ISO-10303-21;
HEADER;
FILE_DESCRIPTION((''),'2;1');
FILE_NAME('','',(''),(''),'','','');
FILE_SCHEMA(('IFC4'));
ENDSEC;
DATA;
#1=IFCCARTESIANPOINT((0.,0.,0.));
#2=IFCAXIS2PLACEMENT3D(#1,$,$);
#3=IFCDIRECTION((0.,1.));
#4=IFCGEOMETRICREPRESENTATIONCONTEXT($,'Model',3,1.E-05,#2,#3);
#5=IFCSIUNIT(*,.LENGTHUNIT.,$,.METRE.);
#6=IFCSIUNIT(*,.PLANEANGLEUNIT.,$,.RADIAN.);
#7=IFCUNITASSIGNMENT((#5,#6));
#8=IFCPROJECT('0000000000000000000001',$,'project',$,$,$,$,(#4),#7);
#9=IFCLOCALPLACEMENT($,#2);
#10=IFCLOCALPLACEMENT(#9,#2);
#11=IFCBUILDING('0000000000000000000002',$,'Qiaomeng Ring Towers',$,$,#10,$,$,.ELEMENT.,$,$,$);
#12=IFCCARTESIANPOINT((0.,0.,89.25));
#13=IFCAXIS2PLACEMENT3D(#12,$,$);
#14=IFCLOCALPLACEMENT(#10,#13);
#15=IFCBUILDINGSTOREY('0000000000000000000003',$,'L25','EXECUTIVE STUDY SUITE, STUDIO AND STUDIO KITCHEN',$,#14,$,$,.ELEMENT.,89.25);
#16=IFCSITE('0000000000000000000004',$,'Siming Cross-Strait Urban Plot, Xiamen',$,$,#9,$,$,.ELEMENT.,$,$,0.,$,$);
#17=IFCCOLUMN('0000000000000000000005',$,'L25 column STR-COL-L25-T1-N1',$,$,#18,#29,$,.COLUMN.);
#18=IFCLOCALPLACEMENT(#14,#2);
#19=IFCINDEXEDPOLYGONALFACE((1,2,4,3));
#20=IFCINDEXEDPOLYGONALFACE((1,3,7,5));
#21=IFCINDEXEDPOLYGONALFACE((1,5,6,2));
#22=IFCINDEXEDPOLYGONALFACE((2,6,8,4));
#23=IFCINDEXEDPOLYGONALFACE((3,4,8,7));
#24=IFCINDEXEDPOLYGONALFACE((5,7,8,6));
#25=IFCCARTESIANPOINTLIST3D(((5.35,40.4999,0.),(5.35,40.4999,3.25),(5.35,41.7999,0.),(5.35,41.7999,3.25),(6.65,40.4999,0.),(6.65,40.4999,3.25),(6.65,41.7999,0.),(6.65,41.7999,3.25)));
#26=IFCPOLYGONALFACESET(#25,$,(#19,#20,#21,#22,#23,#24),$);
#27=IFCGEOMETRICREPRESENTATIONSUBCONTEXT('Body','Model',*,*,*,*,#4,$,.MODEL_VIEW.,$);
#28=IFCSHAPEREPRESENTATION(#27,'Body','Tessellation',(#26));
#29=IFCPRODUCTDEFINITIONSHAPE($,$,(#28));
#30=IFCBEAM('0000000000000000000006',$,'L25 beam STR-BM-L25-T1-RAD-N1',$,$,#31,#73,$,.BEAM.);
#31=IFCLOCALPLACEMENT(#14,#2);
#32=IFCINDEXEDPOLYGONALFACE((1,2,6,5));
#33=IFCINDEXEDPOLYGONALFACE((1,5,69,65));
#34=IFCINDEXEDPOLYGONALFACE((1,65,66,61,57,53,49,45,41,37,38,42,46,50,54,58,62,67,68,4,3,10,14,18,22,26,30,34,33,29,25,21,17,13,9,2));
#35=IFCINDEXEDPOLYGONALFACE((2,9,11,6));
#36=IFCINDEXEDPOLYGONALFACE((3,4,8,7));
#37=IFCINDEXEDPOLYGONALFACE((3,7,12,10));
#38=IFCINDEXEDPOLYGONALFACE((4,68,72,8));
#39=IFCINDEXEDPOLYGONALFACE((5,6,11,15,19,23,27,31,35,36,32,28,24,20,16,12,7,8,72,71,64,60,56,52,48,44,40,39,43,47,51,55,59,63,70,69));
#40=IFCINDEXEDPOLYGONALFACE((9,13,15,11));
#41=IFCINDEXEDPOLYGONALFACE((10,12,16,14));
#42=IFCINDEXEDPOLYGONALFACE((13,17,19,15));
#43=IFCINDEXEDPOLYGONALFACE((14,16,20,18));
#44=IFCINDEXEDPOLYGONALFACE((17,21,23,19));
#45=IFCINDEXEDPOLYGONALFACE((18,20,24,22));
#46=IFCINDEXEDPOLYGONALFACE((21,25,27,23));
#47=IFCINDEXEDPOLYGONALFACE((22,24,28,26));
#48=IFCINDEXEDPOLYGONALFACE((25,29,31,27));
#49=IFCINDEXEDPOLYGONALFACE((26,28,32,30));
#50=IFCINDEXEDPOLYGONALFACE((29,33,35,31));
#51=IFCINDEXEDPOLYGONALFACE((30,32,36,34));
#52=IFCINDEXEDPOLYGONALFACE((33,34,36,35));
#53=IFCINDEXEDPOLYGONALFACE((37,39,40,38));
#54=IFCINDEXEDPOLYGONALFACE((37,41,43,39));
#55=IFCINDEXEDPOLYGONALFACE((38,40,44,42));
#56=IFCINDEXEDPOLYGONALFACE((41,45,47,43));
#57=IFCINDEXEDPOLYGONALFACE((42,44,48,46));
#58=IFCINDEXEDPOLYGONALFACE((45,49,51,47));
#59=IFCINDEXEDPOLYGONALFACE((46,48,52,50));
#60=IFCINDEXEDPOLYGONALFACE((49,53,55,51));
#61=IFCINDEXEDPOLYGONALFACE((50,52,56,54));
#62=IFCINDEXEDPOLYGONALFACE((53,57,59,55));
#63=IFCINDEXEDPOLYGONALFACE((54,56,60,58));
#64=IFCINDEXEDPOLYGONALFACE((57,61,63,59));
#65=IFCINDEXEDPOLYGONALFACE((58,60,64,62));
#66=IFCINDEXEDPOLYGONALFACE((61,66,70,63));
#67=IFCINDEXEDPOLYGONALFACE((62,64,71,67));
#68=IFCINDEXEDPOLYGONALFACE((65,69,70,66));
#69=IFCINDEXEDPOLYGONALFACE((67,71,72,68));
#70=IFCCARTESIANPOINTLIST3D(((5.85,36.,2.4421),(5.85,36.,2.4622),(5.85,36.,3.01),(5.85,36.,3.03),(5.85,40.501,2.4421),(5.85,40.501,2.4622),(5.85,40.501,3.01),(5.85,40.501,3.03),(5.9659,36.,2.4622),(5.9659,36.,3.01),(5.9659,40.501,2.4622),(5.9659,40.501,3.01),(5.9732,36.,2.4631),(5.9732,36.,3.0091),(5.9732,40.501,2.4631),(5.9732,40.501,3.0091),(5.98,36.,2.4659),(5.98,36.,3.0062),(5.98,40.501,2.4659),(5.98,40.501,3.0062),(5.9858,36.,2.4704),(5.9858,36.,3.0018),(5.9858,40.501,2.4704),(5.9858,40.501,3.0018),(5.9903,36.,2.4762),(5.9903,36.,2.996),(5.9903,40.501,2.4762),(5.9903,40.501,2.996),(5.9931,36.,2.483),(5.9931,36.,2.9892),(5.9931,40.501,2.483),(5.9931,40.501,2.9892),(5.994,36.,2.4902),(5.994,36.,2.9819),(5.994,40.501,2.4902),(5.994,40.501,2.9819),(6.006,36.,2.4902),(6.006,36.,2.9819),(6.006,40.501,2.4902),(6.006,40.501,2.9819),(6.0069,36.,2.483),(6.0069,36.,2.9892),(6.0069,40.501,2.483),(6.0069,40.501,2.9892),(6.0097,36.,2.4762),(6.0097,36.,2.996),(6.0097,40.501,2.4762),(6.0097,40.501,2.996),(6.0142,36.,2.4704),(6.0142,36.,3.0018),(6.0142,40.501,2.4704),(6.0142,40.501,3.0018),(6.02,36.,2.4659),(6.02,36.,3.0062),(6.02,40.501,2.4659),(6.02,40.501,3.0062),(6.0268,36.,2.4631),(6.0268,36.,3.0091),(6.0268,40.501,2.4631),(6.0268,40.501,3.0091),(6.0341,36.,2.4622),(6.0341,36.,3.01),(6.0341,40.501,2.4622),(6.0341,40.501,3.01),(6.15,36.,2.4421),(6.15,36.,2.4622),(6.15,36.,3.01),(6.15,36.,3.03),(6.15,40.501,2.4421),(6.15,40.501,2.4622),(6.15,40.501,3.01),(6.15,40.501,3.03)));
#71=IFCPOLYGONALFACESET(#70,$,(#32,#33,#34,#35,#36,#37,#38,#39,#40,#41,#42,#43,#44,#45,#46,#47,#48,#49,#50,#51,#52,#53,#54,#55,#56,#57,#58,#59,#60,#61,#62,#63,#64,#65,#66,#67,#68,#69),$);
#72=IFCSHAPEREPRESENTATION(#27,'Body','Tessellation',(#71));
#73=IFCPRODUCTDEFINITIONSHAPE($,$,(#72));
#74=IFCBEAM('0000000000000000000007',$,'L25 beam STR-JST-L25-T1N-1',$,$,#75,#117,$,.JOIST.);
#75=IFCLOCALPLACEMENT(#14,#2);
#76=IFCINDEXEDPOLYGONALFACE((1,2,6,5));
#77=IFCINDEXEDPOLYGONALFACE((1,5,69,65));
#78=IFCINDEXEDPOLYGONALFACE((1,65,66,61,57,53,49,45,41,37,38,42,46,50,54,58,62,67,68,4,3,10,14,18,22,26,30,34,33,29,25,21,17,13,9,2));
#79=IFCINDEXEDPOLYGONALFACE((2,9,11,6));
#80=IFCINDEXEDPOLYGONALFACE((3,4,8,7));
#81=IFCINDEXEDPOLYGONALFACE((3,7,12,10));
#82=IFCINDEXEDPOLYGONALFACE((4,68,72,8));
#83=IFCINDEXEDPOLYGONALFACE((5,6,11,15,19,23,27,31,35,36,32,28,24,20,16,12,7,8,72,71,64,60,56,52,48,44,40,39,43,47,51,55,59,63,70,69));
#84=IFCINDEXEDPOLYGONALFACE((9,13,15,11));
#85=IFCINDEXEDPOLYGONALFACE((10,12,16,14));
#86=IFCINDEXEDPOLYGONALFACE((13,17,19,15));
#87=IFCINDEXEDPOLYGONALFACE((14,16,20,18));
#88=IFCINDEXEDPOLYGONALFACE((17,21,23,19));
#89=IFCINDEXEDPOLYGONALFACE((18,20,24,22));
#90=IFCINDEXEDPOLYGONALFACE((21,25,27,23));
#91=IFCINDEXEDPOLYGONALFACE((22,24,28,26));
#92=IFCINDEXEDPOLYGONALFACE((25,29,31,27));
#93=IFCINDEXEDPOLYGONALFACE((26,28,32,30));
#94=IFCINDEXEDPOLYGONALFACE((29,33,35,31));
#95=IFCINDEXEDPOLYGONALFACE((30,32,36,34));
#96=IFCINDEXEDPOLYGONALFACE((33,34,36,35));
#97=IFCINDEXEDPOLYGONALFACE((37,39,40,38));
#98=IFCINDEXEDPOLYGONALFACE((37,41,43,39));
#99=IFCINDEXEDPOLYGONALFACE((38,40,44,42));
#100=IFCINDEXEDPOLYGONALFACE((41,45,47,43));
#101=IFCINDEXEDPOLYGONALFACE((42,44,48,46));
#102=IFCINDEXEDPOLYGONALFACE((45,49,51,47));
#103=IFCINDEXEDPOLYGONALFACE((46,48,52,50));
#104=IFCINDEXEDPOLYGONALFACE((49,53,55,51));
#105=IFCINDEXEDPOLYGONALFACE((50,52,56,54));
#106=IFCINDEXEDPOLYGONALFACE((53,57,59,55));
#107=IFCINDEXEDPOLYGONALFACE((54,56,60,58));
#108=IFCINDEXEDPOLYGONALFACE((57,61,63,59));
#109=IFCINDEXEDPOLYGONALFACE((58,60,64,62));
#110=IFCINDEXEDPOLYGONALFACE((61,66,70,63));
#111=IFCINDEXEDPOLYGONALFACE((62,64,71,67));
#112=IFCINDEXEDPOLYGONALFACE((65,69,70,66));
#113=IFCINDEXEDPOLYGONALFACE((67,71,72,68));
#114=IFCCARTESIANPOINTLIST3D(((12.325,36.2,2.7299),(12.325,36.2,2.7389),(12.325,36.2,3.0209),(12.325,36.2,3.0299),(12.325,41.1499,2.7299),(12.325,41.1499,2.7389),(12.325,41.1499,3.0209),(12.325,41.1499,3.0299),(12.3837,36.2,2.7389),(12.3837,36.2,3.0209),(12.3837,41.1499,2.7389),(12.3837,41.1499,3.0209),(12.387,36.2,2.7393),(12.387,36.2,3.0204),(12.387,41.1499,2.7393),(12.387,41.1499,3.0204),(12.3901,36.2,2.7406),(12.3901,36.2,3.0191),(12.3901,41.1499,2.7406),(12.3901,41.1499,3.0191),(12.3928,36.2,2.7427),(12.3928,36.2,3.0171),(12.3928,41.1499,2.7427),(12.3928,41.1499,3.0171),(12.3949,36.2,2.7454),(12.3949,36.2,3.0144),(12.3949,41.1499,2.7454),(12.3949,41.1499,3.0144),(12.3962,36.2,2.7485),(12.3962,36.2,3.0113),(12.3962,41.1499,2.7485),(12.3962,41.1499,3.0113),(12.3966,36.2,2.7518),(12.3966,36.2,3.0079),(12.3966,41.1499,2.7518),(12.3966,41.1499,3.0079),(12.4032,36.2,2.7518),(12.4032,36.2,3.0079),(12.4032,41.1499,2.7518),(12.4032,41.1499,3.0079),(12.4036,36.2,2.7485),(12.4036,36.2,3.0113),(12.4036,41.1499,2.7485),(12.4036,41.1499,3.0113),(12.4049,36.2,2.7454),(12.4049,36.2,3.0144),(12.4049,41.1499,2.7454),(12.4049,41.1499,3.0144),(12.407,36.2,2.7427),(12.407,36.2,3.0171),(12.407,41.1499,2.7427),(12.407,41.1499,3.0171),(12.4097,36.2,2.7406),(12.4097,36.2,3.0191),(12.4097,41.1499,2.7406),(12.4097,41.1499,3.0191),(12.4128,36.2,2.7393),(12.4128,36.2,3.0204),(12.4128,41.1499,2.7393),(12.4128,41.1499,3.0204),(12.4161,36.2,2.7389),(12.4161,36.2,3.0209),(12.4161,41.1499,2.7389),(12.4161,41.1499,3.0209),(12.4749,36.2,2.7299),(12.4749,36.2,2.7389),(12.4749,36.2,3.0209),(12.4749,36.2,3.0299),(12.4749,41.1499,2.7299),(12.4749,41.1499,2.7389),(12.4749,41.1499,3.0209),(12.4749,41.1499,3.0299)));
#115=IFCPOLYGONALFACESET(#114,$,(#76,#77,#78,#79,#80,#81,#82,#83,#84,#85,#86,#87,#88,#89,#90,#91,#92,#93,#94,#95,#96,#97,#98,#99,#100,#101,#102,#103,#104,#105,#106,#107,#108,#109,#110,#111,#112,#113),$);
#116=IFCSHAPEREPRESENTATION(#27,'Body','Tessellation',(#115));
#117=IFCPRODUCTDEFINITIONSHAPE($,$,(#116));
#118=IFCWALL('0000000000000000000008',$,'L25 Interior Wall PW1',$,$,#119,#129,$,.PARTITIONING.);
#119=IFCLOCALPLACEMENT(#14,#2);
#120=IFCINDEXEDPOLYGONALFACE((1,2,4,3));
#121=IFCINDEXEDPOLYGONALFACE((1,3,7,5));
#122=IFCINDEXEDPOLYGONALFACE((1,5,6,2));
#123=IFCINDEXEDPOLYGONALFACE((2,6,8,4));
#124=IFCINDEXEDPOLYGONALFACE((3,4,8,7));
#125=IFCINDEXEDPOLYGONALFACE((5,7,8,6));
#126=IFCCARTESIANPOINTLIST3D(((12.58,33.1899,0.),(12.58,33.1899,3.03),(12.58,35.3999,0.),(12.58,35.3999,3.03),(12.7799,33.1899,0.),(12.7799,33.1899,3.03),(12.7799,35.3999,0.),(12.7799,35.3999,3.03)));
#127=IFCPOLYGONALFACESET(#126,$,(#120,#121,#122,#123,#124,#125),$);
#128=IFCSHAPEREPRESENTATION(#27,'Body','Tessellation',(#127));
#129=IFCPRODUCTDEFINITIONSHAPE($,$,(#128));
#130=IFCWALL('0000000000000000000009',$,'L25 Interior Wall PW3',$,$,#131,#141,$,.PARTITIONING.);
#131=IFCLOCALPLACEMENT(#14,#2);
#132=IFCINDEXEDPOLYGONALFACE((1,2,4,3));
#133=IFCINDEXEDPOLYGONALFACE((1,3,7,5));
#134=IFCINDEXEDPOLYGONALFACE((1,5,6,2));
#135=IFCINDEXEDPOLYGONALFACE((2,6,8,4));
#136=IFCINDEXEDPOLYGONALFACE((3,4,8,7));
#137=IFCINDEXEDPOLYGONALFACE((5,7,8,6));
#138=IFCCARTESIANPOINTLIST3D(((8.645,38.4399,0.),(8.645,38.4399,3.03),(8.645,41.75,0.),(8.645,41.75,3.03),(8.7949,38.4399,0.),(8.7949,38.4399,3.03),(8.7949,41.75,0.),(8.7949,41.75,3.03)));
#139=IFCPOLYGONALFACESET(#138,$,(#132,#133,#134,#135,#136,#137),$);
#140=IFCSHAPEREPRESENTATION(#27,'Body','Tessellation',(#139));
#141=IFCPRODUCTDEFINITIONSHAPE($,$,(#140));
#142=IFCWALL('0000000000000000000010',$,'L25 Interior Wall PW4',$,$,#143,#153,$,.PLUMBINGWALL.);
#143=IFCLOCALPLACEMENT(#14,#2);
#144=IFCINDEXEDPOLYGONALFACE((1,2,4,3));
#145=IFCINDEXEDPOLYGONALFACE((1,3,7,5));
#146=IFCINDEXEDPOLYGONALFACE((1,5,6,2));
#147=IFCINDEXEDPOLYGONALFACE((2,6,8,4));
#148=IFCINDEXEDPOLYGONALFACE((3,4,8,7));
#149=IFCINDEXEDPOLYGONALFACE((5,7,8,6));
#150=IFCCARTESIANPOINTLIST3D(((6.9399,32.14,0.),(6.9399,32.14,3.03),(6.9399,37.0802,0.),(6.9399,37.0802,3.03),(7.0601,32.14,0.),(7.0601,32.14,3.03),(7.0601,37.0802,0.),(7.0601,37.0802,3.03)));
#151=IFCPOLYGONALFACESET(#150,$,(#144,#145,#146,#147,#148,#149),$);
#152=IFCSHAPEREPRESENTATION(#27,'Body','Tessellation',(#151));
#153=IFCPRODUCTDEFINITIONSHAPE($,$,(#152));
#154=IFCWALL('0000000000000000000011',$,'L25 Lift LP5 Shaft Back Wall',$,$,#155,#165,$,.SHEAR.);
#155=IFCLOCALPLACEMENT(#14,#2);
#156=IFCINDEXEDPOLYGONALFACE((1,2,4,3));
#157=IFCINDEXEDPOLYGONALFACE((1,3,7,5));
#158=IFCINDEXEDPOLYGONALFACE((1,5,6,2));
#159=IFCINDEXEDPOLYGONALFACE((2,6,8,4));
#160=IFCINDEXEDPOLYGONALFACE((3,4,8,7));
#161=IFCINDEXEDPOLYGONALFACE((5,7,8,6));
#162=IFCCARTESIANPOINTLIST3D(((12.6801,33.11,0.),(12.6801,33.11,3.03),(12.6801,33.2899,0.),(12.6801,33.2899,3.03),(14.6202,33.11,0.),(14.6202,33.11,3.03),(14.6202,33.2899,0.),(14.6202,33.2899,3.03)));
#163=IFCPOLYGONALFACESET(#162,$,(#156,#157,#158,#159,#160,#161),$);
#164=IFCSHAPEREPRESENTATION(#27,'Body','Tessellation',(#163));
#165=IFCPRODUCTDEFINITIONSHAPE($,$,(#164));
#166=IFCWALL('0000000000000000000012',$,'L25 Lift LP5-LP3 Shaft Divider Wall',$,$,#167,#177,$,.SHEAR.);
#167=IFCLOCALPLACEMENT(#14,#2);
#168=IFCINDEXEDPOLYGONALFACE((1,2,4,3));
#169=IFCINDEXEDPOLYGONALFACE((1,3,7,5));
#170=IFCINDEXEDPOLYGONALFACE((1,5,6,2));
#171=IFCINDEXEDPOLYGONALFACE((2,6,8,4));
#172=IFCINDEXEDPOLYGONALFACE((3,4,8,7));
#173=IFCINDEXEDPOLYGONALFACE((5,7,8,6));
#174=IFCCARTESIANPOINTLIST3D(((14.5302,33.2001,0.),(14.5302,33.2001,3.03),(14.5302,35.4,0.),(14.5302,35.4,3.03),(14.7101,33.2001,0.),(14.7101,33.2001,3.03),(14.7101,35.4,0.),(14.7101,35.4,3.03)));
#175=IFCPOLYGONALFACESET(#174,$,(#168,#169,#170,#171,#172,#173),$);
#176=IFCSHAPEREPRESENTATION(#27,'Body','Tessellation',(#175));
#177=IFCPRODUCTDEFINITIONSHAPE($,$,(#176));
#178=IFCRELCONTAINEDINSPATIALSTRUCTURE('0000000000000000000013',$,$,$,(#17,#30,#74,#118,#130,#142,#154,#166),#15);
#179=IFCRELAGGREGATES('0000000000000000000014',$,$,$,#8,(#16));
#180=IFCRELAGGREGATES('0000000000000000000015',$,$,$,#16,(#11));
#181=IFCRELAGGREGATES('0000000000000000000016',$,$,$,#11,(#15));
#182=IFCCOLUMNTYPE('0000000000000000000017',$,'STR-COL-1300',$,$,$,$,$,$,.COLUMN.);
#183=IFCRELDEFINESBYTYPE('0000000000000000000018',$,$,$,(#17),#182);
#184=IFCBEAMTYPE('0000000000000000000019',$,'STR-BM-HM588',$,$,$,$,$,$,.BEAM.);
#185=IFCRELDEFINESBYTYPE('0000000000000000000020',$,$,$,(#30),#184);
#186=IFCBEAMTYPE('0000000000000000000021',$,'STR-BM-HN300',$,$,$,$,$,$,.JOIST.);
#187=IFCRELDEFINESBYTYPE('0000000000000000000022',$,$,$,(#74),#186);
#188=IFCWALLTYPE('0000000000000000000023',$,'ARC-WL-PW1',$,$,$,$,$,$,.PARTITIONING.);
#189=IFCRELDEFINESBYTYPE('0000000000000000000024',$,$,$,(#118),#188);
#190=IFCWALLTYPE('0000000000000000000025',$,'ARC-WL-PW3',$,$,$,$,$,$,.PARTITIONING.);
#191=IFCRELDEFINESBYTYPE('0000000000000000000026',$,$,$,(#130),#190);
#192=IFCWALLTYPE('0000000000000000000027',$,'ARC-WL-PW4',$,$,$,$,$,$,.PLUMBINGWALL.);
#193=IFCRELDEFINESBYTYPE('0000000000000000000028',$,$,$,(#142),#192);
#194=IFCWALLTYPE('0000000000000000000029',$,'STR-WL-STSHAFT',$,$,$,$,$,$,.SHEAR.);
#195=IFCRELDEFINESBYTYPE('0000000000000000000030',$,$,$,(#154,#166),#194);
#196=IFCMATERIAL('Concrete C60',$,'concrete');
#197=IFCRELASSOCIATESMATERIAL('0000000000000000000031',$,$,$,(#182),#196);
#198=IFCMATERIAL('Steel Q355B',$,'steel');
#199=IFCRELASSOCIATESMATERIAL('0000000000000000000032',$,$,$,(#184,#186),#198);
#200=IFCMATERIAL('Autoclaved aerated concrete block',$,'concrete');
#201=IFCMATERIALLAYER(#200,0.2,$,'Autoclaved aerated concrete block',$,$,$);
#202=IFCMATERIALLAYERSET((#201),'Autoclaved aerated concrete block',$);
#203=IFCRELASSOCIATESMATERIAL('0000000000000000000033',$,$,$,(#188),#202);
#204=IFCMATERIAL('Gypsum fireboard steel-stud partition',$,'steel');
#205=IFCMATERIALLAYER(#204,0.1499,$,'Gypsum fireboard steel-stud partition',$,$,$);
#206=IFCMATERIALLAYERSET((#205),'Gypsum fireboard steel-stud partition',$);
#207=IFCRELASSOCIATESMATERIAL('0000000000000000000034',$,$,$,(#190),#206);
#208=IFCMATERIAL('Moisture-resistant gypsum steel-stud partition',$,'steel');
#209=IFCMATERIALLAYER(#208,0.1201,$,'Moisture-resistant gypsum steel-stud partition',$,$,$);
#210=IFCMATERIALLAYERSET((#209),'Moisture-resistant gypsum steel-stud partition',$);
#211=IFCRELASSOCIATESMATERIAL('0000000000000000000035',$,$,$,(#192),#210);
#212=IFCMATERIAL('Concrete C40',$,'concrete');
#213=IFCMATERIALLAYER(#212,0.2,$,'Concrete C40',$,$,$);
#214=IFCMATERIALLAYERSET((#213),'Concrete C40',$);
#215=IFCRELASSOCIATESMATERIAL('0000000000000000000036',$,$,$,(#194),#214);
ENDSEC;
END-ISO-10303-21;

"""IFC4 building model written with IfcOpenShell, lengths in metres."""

from ifc_helpers import new_model, si_unit, direction, frame, frame_2d, origin, origin_2d, place, context, subcontext, project, spatial, rectangle, i_section, extrude, source, transform, mapped, material, layer, layer_set, material_profile, profile_set, type_object, element, save


model = new_model("IFC4")

# Units and contexts
model_context = context("Model", 3, precision=1e-05, world=origin(), true_north=direction((0.0, 1.0)))
body_context = subcontext(model_context, "Body", "Model", "MODEL_VIEW")
ifc_project = project(units=[si_unit("LENGTHUNIT", "METRE"), si_unit("PLANEANGLEUNIT", "RADIAN")], contexts=[model_context])

# Site, building, storey
site_placement = place(None, origin())
site = spatial("IfcSite", under=ifc_project, at=site_placement, Name="Siming Cross-Strait Urban Plot, Xiamen", CompositionType="ELEMENT", RefElevation=0.0)
building_placement = place(site_placement, origin())
building = spatial("IfcBuilding", under=site, at=building_placement, Name="Qiaomeng Ring Towers", CompositionType="ELEMENT")
storey_placement = place(building_placement, frame((0.0, 0.0, 89.25)))
storey = spatial("IfcBuildingStorey", under=building, at=storey_placement, Name="L25", Description="EXECUTIVE STUDY SUITE, STUDIO AND STUDIO KITCHEN", CompositionType="ELEMENT", Elevation=89.25)

# Column
ifc_material_1 = material(Name="Concrete C60", Category="concrete")
ifc_material_profile_1 = material_profile(ifc_material_1, rectangle(XDim=1.3, YDim=1.3, at=origin_2d()), Name="RC COL 1300x1300")
ifc_profile_set_1 = profile_set([ifc_material_profile_1], Name="Concrete C60")
column_type = type_object("IfcColumnType", Name="STR-COL-1300", PredefinedType="COLUMN", material=ifc_profile_set_1)
shared_shape_1 = source(origin(), body_context, "Body", "SweptSolid", [
    extrude(rectangle(XDim=1.3, YDim=1.3, at=origin_2d()), origin(), (0.0, 0.0, 1.0), 3.25),
])
column_placement = place(storey_placement, frame((6.0, 41.1499, 0.0), z_axis=(0.0, 0.0, 1.0), x_axis=(1.0, 0.0, 0.0)))
element("IfcColumn", 1, at=column_placement, inside=storey, type_object=column_type, Name="L25 column STR-COL-L25-T1-N1", PredefinedType="COLUMN", context=body_context, shape_type="MappedRepresentation", body=[
    mapped(shared_shape_1, transform((0.0, 0.0, 0.0), x_axis=(1.0, 0.0, 0.0), y_axis=(0.0, 1.0, 0.0), z_axis=(0.0, 0.0, 1.0), scale=1.0)),
])

# Beams
ifc_material_2 = material(Name="Steel Q355B", Category="steel")
ifc_material_profile_2 = material_profile(ifc_material_2, i_section(OverallWidth=0.3, OverallDepth=0.5879, WebThickness=0.012, FlangeThickness=0.02, FilletRadius=0.0281, at=origin_2d()), Name="HM 588x300x12x20")
ifc_profile_set_2 = profile_set([ifc_material_profile_2], Name="Steel Q355B")
beam_type_1 = type_object("IfcBeamType", Name="STR-BM-HM588", PredefinedType="BEAM", material=ifc_profile_set_2)
shared_shape_2 = source(origin(), body_context, "Body", "SweptSolid", [
    extrude(i_section(OverallWidth=0.3, OverallDepth=0.5879, WebThickness=0.012, FlangeThickness=0.02, FilletRadius=0.0281, at=origin_2d()), origin(), (0.0, 0.0, 1.0), 4.501),
])
beam_1_placement = place(storey_placement, frame((6.0, 40.501, 2.7361), z_axis=(0.0, -1.0, 0.0), x_axis=(1.0, 0.0, 0.0)))
element("IfcBeam", 2, at=beam_1_placement, inside=storey, type_object=beam_type_1, Name="L25 beam STR-BM-L25-T1-RAD-N1", PredefinedType="BEAM", context=body_context, shape_type="MappedRepresentation", body=[
    mapped(shared_shape_2, transform((0.0, 0.0, 0.0), x_axis=(1.0, 0.0, 0.0), y_axis=(0.0, 1.0, 0.0), z_axis=(0.0, 0.0, 1.0), scale=1.0)),
])
ifc_material_profile_3 = material_profile(ifc_material_2, i_section(OverallWidth=0.1499, OverallDepth=0.3, WebThickness=0.0066, FlangeThickness=0.009, FilletRadius=0.0129, at=origin_2d()), Name="HN 300x150x6.5x9")
ifc_profile_set_3 = profile_set([ifc_material_profile_3], Name="Steel Q355B")
beam_type_2 = type_object("IfcBeamType", Name="STR-BM-HN300", PredefinedType="JOIST", material=ifc_profile_set_3)
shared_shape_3 = source(origin(), body_context, "Body", "SweptSolid", [
    extrude(i_section(OverallWidth=0.1499, OverallDepth=0.3, WebThickness=0.0066, FlangeThickness=0.009, FilletRadius=0.0129, at=origin_2d()), origin(), (0.0, 0.0, 1.0), 4.95),
])
beam_2_placement = place(storey_placement, frame((12.3999, 36.2, 2.8799), z_axis=(0.0, 1.0, 0.0), x_axis=(-1.0, 0.0, 0.0)))
element("IfcBeam", 3, at=beam_2_placement, inside=storey, type_object=beam_type_2, Name="L25 beam STR-JST-L25-T1N-1", PredefinedType="JOIST", context=body_context, shape_type="MappedRepresentation", body=[
    mapped(shared_shape_3, transform((0.0, 0.0, 0.0), x_axis=(1.0, 0.0, 0.0), y_axis=(0.0, 1.0, 0.0), z_axis=(0.0, 0.0, 1.0), scale=1.0)),
])

# Wall
ifc_material_3 = material(Name="Autoclaved aerated concrete block", Category="concrete")
ifc_layer_1 = layer(ifc_material_3, 0.2, Name="Autoclaved aerated concrete block")
ifc_layer_set_1 = layer_set([ifc_layer_1], Name="Autoclaved aerated concrete block")
wall_type_1 = type_object("IfcWallType", Name="ARC-WL-PW1", PredefinedType="PARTITIONING", material=ifc_layer_set_1)
wall_1_placement = place(storey_placement, frame((12.6799, 33.1899, 0.0), z_axis=(0.0, 0.0, 1.0), x_axis=(0.0, 1.0, 0.0)))
element("IfcWall", 4, at=wall_1_placement, inside=storey, type_object=wall_type_1, Name="L25 Interior Wall PW1", PredefinedType="PARTITIONING", context=body_context, shape_type="SweptSolid", body=[
    extrude(rectangle(XDim=2.21, YDim=0.2, at=frame_2d((1.105, 0.0))), origin(), (0.0, 0.0, 1.0), 3.03),
])

# Walls
ifc_material_4 = material(Name="Gypsum fireboard steel-stud partition", Category="steel")
ifc_layer_2 = layer(ifc_material_4, 0.1499, Name="Gypsum fireboard steel-stud partition")
ifc_layer_set_2 = layer_set([ifc_layer_2], Name="Gypsum fireboard steel-stud partition")
wall_type_2 = type_object("IfcWallType", Name="ARC-WL-PW3", PredefinedType="PARTITIONING", material=ifc_layer_set_2)
wall_2_placement = place(storey_placement, frame((8.72, 38.4399, 0.0), z_axis=(0.0, 0.0, 1.0), x_axis=(0.0, 1.0, 0.0)))
element("IfcWall", 5, at=wall_2_placement, inside=storey, type_object=wall_type_2, Name="L25 Interior Wall PW3", PredefinedType="PARTITIONING", context=body_context, shape_type="SweptSolid", body=[
    extrude(rectangle(XDim=3.3101, YDim=0.1499, at=frame_2d((1.655, 0.0))), origin(), (0.0, 0.0, 1.0), 3.03),
])
ifc_material_5 = material(Name="Moisture-resistant gypsum steel-stud partition", Category="steel")
ifc_layer_3 = layer(ifc_material_5, 0.1201, Name="Moisture-resistant gypsum steel-stud partition")
ifc_layer_set_3 = layer_set([ifc_layer_3], Name="Moisture-resistant gypsum steel-stud partition")
wall_type_3 = type_object("IfcWallType", Name="ARC-WL-PW4", PredefinedType="PLUMBINGWALL", material=ifc_layer_set_3)
wall_3_placement = place(storey_placement, frame((7.0, 32.1399, 0.0), z_axis=(0.0, 0.0, 1.0), x_axis=(0.0, 1.0, 0.0)))
element("IfcWall", 6, at=wall_3_placement, inside=storey, type_object=wall_type_3, Name="L25 Interior Wall PW4", PredefinedType="PLUMBINGWALL", context=body_context, shape_type="SweptSolid", body=[
    extrude(rectangle(XDim=4.9402, YDim=0.1201, at=frame_2d((2.4702, 0.0))), origin(), (0.0, 0.0, 1.0), 3.03),
])
ifc_material_6 = material(Name="Concrete C40", Category="concrete")
ifc_layer_4 = layer(ifc_material_6, 0.2, Name="Concrete C40")
ifc_layer_set_4 = layer_set([ifc_layer_4], Name="Concrete C40")
wall_type_4 = type_object("IfcWallType", Name="STR-WL-STSHAFT", PredefinedType="SHEAR", material=ifc_layer_set_4)
wall_4_placement = place(storey_placement, frame((12.6799, 33.2, 0.0), z_axis=(0.0, 0.0, 1.0), x_axis=(1.0, 0.0, 0.0)))
element("IfcWall", 7, at=wall_4_placement, inside=storey, type_object=wall_type_4, Name="L25 Lift LP5 Shaft Back Wall", PredefinedType="SHEAR", context=body_context, shape_type="SweptSolid", body=[
    extrude(rectangle(XDim=1.9402, YDim=0.1799, at=frame_2d((0.9702, 0.0))), origin(), (0.0, 0.0, 1.0), 3.03),
])
wall_5_placement = place(storey_placement, frame((14.6201, 33.2, 0.0), z_axis=(0.0, 0.0, 1.0), x_axis=(0.0, 1.0, 0.0)))
element("IfcWall", 8, at=wall_5_placement, inside=storey, type_object=wall_type_4, Name="L25 Lift LP5-LP3 Shaft Divider Wall", PredefinedType="SHEAR", context=body_context, shape_type="SweptSolid", body=[
    extrude(rectangle(XDim=2.2, YDim=0.1799, at=frame_2d((1.1001, 0.0))), origin(), (0.0, 0.0, 1.0), 3.03),
])

save(model, "model.ifc")
